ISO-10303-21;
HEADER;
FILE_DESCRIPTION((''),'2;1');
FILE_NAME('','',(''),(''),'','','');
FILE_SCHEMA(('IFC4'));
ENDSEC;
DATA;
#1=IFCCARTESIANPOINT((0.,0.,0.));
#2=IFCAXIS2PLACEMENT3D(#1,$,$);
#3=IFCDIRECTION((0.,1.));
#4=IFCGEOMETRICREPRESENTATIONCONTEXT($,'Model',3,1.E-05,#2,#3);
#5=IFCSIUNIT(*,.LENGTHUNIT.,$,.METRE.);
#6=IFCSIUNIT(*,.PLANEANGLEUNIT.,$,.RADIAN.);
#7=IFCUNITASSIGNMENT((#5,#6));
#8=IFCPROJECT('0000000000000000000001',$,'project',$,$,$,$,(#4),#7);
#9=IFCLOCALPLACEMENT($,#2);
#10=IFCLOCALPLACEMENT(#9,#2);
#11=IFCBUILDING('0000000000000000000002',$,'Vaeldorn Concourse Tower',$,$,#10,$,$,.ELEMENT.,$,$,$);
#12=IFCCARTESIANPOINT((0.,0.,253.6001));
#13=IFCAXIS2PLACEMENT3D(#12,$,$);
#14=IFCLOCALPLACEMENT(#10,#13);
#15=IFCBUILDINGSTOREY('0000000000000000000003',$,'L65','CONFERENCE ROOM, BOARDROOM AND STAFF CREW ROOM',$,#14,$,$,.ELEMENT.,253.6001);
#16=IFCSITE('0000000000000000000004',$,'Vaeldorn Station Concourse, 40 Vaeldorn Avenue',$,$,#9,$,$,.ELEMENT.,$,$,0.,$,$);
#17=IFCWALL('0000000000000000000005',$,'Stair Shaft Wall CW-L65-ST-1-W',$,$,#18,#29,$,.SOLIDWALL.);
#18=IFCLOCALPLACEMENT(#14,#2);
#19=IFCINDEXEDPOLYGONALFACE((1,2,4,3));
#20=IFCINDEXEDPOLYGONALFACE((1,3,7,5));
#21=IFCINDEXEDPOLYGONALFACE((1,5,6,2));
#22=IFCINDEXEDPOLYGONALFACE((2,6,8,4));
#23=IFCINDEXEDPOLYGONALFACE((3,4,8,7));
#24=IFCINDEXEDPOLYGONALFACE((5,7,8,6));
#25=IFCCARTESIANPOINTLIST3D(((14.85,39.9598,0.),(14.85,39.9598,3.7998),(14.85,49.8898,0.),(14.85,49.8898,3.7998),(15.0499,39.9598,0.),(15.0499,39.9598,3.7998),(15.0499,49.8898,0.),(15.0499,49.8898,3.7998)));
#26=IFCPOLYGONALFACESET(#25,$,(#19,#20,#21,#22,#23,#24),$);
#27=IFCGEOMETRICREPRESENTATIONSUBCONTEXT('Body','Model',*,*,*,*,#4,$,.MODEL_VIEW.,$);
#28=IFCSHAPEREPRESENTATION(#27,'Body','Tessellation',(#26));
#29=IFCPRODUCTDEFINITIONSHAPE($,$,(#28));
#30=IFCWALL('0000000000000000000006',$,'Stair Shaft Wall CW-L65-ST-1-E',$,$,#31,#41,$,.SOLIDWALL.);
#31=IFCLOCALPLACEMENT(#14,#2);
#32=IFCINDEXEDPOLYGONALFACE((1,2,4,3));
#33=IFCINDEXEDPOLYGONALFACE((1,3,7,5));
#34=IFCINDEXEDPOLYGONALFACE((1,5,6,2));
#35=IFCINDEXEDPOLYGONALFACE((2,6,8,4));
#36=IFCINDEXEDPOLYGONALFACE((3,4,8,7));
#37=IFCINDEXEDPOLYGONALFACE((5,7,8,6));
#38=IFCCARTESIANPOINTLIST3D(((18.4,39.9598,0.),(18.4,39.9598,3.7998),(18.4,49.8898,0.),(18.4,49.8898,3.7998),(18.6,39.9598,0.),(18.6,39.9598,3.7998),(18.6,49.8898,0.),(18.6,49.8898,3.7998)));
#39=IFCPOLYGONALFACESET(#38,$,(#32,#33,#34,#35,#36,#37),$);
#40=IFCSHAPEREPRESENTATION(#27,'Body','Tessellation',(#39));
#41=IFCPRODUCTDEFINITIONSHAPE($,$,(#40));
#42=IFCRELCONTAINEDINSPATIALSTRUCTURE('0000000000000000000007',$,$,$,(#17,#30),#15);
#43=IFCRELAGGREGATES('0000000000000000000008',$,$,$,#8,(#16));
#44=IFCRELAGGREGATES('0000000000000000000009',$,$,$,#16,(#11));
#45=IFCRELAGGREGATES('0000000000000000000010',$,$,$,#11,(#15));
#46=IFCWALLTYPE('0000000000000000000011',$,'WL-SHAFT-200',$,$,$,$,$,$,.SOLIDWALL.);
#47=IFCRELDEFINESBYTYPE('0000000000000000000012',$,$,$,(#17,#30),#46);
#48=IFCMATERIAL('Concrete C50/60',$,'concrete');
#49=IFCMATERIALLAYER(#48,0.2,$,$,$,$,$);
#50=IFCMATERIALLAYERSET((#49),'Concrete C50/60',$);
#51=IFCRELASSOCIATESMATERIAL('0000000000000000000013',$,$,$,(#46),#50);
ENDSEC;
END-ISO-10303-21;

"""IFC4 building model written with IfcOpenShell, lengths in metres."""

from ifc_helpers import new_model, si_unit, direction, frame, frame_2d, origin, place, context, subcontext, project, spatial, rectangle, extrude, material, layer, layer_set, type_object, element, save


model = new_model("IFC4")

# Units and contexts
model_context = context("Model", 3, precision=1e-05, world=origin(), true_north=direction((0.0, 1.0)))
body_context = subcontext(model_context, "Body", "Model", "MODEL_VIEW")
ifc_project = project(units=[si_unit("LENGTHUNIT", "METRE"), si_unit("PLANEANGLEUNIT", "RADIAN")], contexts=[model_context])

# Site, building, storey
site_placement = place(None, origin())
site = spatial("IfcSite", under=ifc_project, at=site_placement, Name="Vaeldorn Station Concourse, 40 Vaeldorn Avenue", CompositionType="ELEMENT", RefElevation=0.0)
building_placement = place(site_placement, origin())
building = spatial("IfcBuilding", under=site, at=building_placement, Name="Vaeldorn Concourse Tower", CompositionType="ELEMENT")
storey_placement = place(building_placement, frame((0.0, 0.0, 253.6001)))
storey = spatial("IfcBuildingStorey", under=building, at=storey_placement, Name="L65", Description="CONFERENCE ROOM, BOARDROOM AND STAFF CREW ROOM", CompositionType="ELEMENT", Elevation=253.6001)

# Shared definitions
ifc_material_1 = material(Name="Concrete C50/60", Category="concrete")

# Shared definitions
ifc_layer_1 = layer(ifc_material_1, 0.2)
ifc_layer_set_1 = layer_set([ifc_layer_1], Name="Concrete C50/60")
wall_type_1 = type_object("IfcWallType", Name="WL-SHAFT-200", PredefinedType="SOLIDWALL", material=ifc_layer_set_1)

# Walls
for number, where, z_axis, x_axis, name in (
    (1, (14.95, 39.96, 0.0), (0.0, 0.0, 1.0), (0.0, 1.0, 0.0), "Stair Shaft Wall CW-L65-ST-1-W"),
    (2, (18.5, 39.96, 0.0), (0.0, 0.0, 1.0), (0.0, 1.0, 0.0), "Stair Shaft Wall CW-L65-ST-1-E"),
):
    element("IfcWall", number, at=place(storey_placement, frame(where, z_axis=z_axis, x_axis=x_axis)), inside=storey, type_object=wall_type_1, Name=name, PredefinedType="SOLIDWALL", context=body_context, shape_type="SweptSolid", body=[
        extrude(rectangle(XDim=9.9299, YDim=0.2, at=frame_2d((4.9648, 0.0))), origin(), (0.0, 0.0, 1.0), 3.7998),
    ])

save(model, "model.ifc")
